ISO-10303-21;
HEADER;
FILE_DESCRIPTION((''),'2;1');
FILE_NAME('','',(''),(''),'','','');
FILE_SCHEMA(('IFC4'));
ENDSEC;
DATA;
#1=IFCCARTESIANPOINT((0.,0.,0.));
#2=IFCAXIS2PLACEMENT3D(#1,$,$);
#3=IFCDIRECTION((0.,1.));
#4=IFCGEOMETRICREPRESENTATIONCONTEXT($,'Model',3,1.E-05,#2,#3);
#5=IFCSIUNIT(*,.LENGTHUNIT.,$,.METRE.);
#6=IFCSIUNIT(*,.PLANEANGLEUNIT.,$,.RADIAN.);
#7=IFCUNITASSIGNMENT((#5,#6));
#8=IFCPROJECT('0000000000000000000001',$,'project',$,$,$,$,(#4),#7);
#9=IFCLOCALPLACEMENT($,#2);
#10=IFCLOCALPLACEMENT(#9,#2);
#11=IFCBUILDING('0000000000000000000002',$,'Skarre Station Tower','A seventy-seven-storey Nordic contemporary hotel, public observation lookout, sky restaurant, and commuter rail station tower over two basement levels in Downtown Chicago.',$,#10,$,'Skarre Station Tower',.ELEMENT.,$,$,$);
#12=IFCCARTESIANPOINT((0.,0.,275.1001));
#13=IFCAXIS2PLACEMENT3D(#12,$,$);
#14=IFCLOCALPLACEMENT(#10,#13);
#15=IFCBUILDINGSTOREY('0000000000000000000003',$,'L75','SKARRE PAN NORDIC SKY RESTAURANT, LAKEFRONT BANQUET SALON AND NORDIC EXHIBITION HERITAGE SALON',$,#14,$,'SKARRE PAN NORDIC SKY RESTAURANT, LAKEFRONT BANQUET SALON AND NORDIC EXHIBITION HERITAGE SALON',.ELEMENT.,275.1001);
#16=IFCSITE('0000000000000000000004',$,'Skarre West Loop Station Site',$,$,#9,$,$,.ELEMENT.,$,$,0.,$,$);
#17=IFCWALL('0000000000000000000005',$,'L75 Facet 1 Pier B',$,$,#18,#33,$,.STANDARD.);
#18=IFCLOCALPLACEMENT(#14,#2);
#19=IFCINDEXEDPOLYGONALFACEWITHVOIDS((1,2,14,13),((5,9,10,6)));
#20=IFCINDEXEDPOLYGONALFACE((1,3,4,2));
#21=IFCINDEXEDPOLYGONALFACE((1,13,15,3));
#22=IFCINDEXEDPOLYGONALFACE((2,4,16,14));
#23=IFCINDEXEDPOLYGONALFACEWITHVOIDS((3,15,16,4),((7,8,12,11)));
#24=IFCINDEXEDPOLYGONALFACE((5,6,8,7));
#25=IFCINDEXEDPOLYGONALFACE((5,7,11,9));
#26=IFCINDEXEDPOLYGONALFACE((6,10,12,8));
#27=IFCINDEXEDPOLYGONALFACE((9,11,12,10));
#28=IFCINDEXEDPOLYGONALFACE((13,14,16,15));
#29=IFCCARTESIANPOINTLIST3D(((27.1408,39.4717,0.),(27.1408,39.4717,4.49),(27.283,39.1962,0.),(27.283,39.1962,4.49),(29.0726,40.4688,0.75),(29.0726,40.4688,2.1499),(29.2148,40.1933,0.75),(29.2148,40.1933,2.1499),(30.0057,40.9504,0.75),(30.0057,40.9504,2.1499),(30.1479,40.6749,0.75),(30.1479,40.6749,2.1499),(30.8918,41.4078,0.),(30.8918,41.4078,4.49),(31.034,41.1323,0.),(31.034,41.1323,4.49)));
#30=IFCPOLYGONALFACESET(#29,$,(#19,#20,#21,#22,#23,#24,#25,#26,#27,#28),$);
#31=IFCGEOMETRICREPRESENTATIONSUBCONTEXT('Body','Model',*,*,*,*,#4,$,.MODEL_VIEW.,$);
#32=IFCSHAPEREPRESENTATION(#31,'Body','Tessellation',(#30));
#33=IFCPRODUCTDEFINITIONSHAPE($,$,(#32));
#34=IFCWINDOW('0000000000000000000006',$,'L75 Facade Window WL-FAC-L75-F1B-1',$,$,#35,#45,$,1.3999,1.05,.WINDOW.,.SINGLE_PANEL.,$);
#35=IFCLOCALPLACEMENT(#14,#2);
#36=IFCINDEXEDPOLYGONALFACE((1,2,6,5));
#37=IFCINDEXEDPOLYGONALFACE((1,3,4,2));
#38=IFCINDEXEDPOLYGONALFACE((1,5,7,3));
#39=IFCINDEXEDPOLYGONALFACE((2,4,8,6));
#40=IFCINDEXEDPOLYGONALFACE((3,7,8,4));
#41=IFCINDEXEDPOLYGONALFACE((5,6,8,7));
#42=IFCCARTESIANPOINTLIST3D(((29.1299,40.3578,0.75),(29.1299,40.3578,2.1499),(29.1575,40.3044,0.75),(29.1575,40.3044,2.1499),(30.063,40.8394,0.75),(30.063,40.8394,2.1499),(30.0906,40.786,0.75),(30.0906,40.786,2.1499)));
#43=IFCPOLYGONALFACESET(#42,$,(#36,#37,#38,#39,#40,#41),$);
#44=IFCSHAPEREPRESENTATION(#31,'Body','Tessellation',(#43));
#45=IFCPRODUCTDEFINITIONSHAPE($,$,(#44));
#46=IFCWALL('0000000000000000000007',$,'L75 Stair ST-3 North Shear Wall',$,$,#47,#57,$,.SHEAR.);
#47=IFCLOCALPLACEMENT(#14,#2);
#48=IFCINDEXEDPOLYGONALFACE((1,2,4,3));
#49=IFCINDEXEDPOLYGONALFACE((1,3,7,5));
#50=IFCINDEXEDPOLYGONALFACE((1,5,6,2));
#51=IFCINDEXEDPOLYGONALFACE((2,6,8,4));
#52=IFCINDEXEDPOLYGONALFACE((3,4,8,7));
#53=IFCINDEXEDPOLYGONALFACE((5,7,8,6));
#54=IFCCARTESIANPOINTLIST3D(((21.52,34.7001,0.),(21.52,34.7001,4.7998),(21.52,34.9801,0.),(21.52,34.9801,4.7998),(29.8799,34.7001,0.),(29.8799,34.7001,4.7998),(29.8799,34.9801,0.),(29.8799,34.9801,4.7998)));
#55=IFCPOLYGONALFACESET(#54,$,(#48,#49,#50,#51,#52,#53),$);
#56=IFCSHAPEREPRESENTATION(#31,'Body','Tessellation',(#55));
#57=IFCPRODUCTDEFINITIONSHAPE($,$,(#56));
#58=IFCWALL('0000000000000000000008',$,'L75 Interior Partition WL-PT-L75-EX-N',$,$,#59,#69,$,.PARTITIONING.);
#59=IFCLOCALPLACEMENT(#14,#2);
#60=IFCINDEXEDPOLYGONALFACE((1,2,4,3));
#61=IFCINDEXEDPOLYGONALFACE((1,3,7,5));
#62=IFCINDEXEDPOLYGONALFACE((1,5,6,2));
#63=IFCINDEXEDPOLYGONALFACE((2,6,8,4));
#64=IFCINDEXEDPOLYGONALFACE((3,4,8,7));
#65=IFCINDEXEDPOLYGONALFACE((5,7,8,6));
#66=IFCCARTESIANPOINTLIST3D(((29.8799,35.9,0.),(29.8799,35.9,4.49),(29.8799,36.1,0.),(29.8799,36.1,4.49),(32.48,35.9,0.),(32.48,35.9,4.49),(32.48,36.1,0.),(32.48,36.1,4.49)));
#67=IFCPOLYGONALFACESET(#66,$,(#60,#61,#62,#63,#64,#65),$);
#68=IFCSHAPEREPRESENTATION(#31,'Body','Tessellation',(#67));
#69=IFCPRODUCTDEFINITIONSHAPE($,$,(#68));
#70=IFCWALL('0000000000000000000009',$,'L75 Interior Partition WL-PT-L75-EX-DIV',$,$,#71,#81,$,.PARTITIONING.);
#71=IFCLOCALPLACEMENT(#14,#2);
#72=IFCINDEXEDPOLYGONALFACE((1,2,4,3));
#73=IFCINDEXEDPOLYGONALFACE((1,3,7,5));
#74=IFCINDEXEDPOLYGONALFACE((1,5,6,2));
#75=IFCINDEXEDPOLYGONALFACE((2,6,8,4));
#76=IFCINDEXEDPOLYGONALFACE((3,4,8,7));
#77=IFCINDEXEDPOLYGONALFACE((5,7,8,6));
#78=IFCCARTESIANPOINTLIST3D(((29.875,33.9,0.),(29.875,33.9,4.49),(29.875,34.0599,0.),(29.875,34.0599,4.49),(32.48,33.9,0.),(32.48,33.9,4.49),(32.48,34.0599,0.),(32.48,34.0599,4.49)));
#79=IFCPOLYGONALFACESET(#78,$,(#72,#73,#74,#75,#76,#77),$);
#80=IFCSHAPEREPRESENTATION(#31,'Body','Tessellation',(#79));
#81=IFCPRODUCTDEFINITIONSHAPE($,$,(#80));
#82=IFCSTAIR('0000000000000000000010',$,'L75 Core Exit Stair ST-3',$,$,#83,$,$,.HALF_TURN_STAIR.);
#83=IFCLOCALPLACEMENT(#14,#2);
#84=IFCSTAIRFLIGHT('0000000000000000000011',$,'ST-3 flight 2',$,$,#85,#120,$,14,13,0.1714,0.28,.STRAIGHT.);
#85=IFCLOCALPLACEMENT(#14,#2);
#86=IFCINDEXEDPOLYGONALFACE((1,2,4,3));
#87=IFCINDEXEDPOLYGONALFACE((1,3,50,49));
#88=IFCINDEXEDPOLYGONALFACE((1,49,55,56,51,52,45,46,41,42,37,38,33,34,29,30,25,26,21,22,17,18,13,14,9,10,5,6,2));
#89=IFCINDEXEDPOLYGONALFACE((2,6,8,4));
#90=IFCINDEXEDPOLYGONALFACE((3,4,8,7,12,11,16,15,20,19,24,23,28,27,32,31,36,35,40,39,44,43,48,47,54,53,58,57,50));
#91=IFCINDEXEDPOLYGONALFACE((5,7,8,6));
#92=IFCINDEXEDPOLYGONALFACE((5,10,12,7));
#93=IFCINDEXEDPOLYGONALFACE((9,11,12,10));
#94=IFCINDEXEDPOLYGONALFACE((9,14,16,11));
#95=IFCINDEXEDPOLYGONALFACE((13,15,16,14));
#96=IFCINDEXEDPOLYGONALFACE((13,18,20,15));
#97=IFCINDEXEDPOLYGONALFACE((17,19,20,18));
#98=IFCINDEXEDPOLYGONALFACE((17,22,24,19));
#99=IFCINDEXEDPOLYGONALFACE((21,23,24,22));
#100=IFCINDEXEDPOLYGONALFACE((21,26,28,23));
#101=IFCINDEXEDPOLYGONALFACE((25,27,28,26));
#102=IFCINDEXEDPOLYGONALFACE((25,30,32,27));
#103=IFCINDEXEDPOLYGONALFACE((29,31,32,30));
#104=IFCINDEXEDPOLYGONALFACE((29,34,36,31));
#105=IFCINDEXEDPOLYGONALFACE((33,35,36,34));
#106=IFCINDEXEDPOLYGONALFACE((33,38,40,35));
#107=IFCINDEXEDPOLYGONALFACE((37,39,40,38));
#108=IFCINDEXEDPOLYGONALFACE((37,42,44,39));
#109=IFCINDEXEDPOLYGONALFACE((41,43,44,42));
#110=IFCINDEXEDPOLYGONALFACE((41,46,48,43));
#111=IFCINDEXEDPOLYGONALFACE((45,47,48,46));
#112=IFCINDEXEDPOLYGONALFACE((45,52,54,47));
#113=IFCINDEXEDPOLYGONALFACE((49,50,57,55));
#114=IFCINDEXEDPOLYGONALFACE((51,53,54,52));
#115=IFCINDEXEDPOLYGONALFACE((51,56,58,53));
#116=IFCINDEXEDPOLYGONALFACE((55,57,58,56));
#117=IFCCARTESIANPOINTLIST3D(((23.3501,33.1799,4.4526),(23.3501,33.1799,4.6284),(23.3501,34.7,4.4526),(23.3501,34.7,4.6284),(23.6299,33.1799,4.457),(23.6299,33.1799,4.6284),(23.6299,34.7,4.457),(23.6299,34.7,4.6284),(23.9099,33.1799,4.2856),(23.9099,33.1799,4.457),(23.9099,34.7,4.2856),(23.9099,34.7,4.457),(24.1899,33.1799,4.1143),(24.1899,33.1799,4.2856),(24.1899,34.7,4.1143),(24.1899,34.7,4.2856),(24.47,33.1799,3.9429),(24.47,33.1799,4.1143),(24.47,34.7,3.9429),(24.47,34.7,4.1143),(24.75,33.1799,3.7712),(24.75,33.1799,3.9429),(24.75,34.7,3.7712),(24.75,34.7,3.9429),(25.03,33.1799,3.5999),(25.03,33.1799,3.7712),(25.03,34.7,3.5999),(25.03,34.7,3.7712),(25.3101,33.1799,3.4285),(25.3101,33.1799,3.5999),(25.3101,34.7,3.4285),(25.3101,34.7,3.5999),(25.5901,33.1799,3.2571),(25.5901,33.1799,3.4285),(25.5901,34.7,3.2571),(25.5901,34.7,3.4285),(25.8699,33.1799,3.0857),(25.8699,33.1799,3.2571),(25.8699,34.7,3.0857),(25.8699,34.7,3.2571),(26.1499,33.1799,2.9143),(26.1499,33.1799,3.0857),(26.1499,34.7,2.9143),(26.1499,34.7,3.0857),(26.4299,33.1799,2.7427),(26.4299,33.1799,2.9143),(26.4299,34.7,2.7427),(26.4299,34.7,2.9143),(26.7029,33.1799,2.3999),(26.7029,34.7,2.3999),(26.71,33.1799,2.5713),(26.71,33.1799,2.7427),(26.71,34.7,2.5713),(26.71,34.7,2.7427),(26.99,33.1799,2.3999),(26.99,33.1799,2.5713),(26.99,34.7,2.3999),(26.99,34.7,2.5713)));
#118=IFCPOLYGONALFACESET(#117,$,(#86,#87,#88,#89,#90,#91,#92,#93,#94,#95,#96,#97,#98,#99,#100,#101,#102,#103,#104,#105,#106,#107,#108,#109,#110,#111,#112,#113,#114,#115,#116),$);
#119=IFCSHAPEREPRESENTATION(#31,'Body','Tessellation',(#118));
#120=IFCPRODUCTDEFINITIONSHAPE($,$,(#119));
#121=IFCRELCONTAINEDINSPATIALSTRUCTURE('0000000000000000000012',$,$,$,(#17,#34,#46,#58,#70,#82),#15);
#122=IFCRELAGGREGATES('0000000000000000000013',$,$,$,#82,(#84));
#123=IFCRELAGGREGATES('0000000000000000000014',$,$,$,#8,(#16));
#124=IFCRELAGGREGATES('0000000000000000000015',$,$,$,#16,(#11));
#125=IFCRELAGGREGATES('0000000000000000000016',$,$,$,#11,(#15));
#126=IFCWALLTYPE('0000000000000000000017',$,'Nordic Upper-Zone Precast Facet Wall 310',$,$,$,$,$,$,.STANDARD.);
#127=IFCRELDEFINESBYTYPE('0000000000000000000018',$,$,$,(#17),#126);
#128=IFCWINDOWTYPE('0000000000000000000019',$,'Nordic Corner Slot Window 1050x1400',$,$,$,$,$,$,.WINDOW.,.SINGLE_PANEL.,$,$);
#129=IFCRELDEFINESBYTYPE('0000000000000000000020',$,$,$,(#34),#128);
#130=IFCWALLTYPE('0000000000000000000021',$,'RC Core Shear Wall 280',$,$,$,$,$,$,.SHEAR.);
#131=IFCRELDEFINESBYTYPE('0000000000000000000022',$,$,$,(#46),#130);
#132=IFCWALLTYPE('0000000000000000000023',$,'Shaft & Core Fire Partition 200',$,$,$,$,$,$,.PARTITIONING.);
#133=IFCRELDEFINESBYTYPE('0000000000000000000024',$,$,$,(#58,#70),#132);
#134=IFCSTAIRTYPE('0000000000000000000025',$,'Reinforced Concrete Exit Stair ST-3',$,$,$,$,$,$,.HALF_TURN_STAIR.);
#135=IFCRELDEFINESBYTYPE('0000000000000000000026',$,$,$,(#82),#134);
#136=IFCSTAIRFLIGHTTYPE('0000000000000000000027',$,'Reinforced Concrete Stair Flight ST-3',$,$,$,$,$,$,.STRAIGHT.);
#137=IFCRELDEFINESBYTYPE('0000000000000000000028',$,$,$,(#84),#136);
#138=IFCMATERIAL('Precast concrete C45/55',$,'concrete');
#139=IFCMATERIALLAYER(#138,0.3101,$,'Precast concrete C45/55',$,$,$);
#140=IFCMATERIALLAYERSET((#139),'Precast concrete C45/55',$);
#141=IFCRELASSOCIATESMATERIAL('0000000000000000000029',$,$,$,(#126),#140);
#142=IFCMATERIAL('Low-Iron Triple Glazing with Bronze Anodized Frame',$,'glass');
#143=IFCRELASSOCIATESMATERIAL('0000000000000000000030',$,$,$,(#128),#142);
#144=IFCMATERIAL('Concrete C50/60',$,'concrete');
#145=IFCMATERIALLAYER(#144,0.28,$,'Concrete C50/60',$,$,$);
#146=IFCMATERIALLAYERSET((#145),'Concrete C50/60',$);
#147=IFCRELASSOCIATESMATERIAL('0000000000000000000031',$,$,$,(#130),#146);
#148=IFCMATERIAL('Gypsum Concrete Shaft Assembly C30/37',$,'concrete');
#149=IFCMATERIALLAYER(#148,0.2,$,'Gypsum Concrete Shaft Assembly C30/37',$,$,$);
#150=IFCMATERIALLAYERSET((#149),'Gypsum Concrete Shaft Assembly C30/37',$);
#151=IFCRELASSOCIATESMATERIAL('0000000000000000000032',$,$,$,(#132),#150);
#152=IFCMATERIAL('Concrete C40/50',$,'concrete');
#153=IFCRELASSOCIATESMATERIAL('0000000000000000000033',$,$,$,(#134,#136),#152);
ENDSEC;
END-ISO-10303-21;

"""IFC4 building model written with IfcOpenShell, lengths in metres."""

from ifc_helpers import new_model, si_unit, direction, frame, frame_2d, origin, place, context, subcontext, project, spatial, polyline, rectangle, outline, extrude, material, layer, layer_set, type_object, element, fill, aggregate, save


model = new_model("IFC4")

# Units and contexts
model_context = context("Model", 3, precision=1e-05, world=origin(), true_north=direction((0.0, 1.0)))
body_context = subcontext(model_context, "Body", "Model", "MODEL_VIEW")
ifc_project = project(units=[si_unit("LENGTHUNIT", "METRE"), si_unit("PLANEANGLEUNIT", "RADIAN")], contexts=[model_context])

# Site, building, storey
site_placement = place(None, origin())
site = spatial("IfcSite", under=ifc_project, at=site_placement, Name="Skarre West Loop Station Site", CompositionType="ELEMENT", RefElevation=0.0)
building_placement = place(site_placement, origin())
building = spatial("IfcBuilding", under=site, at=building_placement, Name="Skarre Station Tower", Description="A seventy-seven-storey Nordic contemporary hotel, public observation lookout, sky restaurant, and commuter rail station tower over two basement levels in Downtown Chicago.", LongName="Skarre Station Tower", CompositionType="ELEMENT")
storey_placement = place(building_placement, frame((0.0, 0.0, 275.1001)))
storey = spatial("IfcBuildingStorey", under=building, at=storey_placement, Name="L75", Description="SKARRE PAN NORDIC SKY RESTAURANT, LAKEFRONT BANQUET SALON AND NORDIC EXHIBITION HERITAGE SALON", LongName="SKARRE PAN NORDIC SKY RESTAURANT, LAKEFRONT BANQUET SALON AND NORDIC EXHIBITION HERITAGE SALON", CompositionType="ELEMENT", Elevation=275.1001)

# Shared definitions
ifc_material_1 = material(Name="Concrete C50/60", Category="concrete")

# Shared definitions
ifc_material_2 = material(Name="Precast concrete C45/55", Category="concrete")

# Wall, opening, window
ifc_layer_1 = layer(ifc_material_2, 0.3101, Name="Precast concrete C45/55")
ifc_layer_set_1 = layer_set([ifc_layer_1], Name="Precast concrete C45/55")
wall_type_1 = type_object("IfcWallType", Name="Nordic Upper-Zone Precast Facet Wall 310", PredefinedType="STANDARD", material=ifc_layer_set_1)
wall_1_placement = place(storey_placement, frame((27.2119, 39.334, 0.0), z_axis=(0.0, 0.0, 1.0), x_axis=(0.888616, 0.458652, 0.0)))
wall_1 = element("IfcWall", 1, at=wall_1_placement, inside=storey, type_object=wall_type_1, Name="L75 Facet 1 Pier B", PredefinedType="STANDARD", context=body_context, shape_type="SweptSolid", body=[
    extrude(rectangle(XDim=4.2212, YDim=0.3101, at=frame_2d((2.1106, 0.0))), origin(), (0.0, 0.0, 1.0), 4.49),
])
opening_placement = place(wall_1_placement, frame((2.1741, 0.0, 0.75)))
opening = element("IfcOpeningElement", 2, at=opening_placement, cuts=wall_1, PredefinedType="OPENING", context=body_context, shape_type="SweptSolid", body=[
    extrude(rectangle(XDim=1.05, YDim=1.3999, at=frame_2d((0.5249, 0.7))), frame((0.0, 0.165, 0.0), z_axis=(0.0, -1.0, 0.0), x_axis=(1.0, 0.0, 0.0)), (0.0, 0.0, 1.0), 0.3301),
])
ifc_material_3 = material(Name="Low-Iron Triple Glazing with Bronze Anodized Frame", Category="glass")
window_type = type_object("IfcWindowType", Name="Nordic Corner Slot Window 1050x1400", PartitioningType="SINGLE_PANEL", PredefinedType="WINDOW", material=ifc_material_3)
window_placement = place(opening_placement, origin())
window = element("IfcWindow", 3, at=window_placement, inside=storey, type_object=window_type, Name="L75 Facade Window WL-FAC-L75-F1B-1", OverallHeight=1.3999, OverallWidth=1.05, PartitioningType="SINGLE_PANEL", PredefinedType="WINDOW", context=body_context, shape_type="SweptSolid", body=[
    extrude(rectangle(XDim=1.05, YDim=1.3999, at=frame_2d((0.5249, 0.7))), frame((0.0, 0.03, 0.0), z_axis=(0.0, -1.0, 0.0), x_axis=(1.0, 0.0, 0.0)), (0.0, 0.0, 1.0), 0.0601),
])
fill(opening, window)

# Walls
ifc_layer_2 = layer(ifc_material_1, 0.28, Name="Concrete C50/60")
ifc_layer_set_2 = layer_set([ifc_layer_2], Name="Concrete C50/60")
wall_type_2 = type_object("IfcWallType", Name="RC Core Shear Wall 280", PredefinedType="SHEAR", material=ifc_layer_set_2)
wall_2_placement = place(storey_placement, frame((29.8799, 34.8401, 0.0), z_axis=(0.0, 0.0, 1.0), x_axis=(-1.0, 0.0, 0.0)))
element("IfcWall", 4, at=wall_2_placement, inside=storey, type_object=wall_type_2, Name="L75 Stair ST-3 North Shear Wall", PredefinedType="SHEAR", context=body_context, shape_type="SweptSolid", body=[
    extrude(rectangle(XDim=8.3599, YDim=0.28, at=frame_2d((4.1799, 0.0))), origin(), (0.0, 0.0, 1.0), 4.7998),
])
ifc_material_4 = material(Name="Gypsum Concrete Shaft Assembly C30/37", Category="concrete")
ifc_layer_3 = layer(ifc_material_4, 0.2, Name="Gypsum Concrete Shaft Assembly C30/37")
ifc_layer_set_3 = layer_set([ifc_layer_3], Name="Gypsum Concrete Shaft Assembly C30/37")
wall_type_3 = type_object("IfcWallType", Name="Shaft & Core Fire Partition 200", PredefinedType="PARTITIONING", material=ifc_layer_set_3)
wall_3_placement = place(storey_placement, frame((29.8799, 36.0, 0.0), z_axis=(0.0, 0.0, 1.0), x_axis=(1.0, 0.0, 0.0)))
element("IfcWall", 5, at=wall_3_placement, inside=storey, type_object=wall_type_3, Name="L75 Interior Partition WL-PT-L75-EX-N", PredefinedType="PARTITIONING", context=body_context, shape_type="SweptSolid", body=[
    extrude(rectangle(XDim=2.6001, YDim=0.2, at=frame_2d((1.3, 0.0))), origin(), (0.0, 0.0, 1.0), 4.49),
])
wall_4_placement = place(storey_placement, frame((29.875, 33.98, 0.0), z_axis=(0.0, 0.0, 1.0), x_axis=(1.0, 0.0, 0.0)))
element("IfcWall", 6, at=wall_4_placement, inside=storey, type_object=wall_type_3, Name="L75 Interior Partition WL-PT-L75-EX-DIV", PredefinedType="PARTITIONING", context=body_context, shape_type="SweptSolid", body=[
    extrude(rectangle(XDim=2.605, YDim=0.1599, at=frame_2d((1.3025, 0.0))), origin(), (0.0, 0.0, 1.0), 4.49),
])

# Stair, stair flight
ifc_material_5 = material(Name="Concrete C40/50", Category="concrete")
stair_type = type_object("IfcStairType", Name="Reinforced Concrete Exit Stair ST-3", PredefinedType="HALF_TURN_STAIR", material=ifc_material_5)
stair_placement = place(storey_placement, origin())
stair = element("IfcStair", 7, at=stair_placement, inside=storey, type_object=stair_type, Name="L75 Core Exit Stair ST-3", PredefinedType="HALF_TURN_STAIR")
stair_flight_type = type_object("IfcStairFlightType", Name="Reinforced Concrete Stair Flight ST-3", PredefinedType="STRAIGHT", material=ifc_material_5)
stair_flight_placement = place(storey_placement, frame((26.99, 33.9399, 2.3999), z_axis=(0.0, 0.0, 1.0), x_axis=(-1.0, 0.0, 0.0)))
stair_flight = element("IfcStairFlight", 8, at=stair_flight_placement, type_object=stair_flight_type, Name="ST-3 flight 2", NumberOfRisers=14, NumberOfTreads=13, PredefinedType="STRAIGHT", RiserHeight=0.1714, TreadLength=0.28, context=body_context, shape_type="SweptSolid", body=[
    extrude(outline(polyline([(0.0, 0.0), (0.0, 0.1714), (0.28, 0.1714), (0.28, 0.3428), (0.5601, 0.3428), (0.5601, 0.5144), (0.8401, 0.5144), (0.8401, 0.6858), (1.1201, 0.6858), (1.1201, 0.8572), (1.3999, 0.8572), (1.3999, 1.0286), (1.6799, 1.0286), (1.6799, 1.2), (1.96, 1.2), (1.96, 1.3713), (2.24, 1.3713), (2.24, 1.543), (2.52, 1.543), (2.52, 1.7144), (2.8, 1.7144), (2.8, 1.8857), (3.0801, 1.8857), (3.0801, 2.0571), (3.3601, 2.0571), (3.3601, 2.2285), (3.6399, 2.2285), (3.6399, 2.3999), (3.6399, 2.0527), (0.2871, 0.0), (0.0, 0.0)])), frame((0.0, 0.76, 0.0), z_axis=(0.0, -1.0, 0.0), x_axis=(1.0, 0.0, 0.0)), (0.0, 0.0, 1.0), 1.52),
])
aggregate(stair, [stair_flight])

save(model, "model.ifc")
